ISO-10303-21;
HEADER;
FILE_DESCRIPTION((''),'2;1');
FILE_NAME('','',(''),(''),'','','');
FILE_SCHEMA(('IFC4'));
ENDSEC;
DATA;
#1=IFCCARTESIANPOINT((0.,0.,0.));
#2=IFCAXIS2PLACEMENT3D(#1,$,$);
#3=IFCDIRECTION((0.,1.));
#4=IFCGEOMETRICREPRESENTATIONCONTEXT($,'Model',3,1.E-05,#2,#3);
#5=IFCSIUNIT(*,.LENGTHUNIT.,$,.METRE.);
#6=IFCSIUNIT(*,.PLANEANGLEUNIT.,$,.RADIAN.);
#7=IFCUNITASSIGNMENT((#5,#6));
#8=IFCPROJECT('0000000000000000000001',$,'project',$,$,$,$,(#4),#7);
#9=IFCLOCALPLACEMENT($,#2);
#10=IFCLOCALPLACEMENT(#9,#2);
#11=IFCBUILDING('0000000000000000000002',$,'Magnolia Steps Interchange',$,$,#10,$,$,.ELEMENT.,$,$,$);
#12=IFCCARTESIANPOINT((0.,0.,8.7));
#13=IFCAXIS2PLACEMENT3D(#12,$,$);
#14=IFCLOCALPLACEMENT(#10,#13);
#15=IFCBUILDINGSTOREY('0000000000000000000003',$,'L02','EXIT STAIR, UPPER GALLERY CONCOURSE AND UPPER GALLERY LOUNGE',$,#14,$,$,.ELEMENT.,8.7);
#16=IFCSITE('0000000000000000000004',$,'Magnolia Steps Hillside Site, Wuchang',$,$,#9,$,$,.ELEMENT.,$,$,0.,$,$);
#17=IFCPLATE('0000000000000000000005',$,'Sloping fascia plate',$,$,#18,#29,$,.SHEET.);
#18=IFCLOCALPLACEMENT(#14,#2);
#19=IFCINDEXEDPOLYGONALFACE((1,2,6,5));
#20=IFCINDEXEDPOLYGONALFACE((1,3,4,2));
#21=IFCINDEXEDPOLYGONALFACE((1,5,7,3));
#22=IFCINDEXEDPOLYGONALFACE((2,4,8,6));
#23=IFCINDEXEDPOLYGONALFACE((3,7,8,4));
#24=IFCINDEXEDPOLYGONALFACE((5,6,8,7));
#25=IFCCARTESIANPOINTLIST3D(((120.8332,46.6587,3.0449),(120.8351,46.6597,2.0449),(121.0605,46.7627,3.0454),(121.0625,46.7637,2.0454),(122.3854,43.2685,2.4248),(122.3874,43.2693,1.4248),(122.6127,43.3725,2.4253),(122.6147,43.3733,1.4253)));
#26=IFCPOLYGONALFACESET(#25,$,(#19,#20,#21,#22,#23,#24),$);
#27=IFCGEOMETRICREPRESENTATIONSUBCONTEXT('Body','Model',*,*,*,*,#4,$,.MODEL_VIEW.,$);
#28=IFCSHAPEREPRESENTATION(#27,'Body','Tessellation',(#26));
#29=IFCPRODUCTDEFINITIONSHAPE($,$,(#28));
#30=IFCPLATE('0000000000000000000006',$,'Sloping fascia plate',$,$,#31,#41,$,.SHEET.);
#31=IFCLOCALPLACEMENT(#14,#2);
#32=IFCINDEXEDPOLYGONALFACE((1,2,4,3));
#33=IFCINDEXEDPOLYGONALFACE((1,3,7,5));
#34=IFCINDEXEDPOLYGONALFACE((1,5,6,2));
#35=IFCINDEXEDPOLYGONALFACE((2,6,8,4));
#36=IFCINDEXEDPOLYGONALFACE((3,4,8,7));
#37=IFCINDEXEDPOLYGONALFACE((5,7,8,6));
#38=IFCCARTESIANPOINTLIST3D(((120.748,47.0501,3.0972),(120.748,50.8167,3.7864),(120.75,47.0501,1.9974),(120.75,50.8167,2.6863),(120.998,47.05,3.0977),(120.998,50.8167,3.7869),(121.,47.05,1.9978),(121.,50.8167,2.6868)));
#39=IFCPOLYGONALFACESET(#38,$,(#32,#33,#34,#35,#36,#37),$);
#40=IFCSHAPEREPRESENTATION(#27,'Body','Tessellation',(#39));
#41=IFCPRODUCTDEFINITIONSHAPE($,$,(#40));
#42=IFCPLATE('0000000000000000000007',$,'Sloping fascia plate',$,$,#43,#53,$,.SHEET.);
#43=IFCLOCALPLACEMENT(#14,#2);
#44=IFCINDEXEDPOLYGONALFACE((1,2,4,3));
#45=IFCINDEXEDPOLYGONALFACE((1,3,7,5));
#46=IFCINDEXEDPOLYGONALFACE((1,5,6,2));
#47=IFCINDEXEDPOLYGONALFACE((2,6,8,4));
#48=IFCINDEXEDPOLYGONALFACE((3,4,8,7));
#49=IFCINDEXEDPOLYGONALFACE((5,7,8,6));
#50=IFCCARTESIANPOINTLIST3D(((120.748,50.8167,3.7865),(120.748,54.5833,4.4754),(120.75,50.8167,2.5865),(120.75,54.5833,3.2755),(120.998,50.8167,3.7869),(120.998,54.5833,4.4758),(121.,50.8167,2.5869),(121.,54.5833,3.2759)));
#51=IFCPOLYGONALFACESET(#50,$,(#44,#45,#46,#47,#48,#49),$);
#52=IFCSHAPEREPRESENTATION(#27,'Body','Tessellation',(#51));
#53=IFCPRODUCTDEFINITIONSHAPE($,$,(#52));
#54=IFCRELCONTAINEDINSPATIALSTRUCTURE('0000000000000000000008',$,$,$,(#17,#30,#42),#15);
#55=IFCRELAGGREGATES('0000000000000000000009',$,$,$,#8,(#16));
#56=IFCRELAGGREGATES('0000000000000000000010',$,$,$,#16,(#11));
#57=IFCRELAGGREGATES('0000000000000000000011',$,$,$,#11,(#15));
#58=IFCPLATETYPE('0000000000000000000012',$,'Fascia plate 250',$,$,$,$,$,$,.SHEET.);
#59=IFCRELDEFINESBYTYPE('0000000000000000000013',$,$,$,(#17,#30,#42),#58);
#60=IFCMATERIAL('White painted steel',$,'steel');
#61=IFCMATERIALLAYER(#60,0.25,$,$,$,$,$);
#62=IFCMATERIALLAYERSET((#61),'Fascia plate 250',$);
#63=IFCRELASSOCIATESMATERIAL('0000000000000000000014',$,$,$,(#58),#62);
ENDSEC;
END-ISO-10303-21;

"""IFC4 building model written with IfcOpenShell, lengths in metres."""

from ifc_helpers import new_model, si_unit, direction, frame, origin, place, context, subcontext, project, spatial, polyline, outline, extrude, material, layer, layer_set, type_object, element, save


model = new_model("IFC4")

# Units and contexts
model_context = context("Model", 3, precision=1e-05, world=origin(), true_north=direction((0.0, 1.0)))
body_context = subcontext(model_context, "Body", "Model", "MODEL_VIEW")
ifc_project = project(units=[si_unit("LENGTHUNIT", "METRE"), si_unit("PLANEANGLEUNIT", "RADIAN")], contexts=[model_context])

# Site, building, storey
site_placement = place(None, origin())
site = spatial("IfcSite", under=ifc_project, at=site_placement, Name="Magnolia Steps Hillside Site, Wuchang", CompositionType="ELEMENT", RefElevation=0.0)
building_placement = place(site_placement, origin())
building = spatial("IfcBuilding", under=site, at=building_placement, Name="Magnolia Steps Interchange", CompositionType="ELEMENT")
storey_placement = place(building_placement, frame((0.0, 0.0, 8.7)))
storey = spatial("IfcBuildingStorey", under=building, at=storey_placement, Name="L02", Description="EXIT STAIR, UPPER GALLERY CONCOURSE AND UPPER GALLERY LOUNGE", CompositionType="ELEMENT", Elevation=8.7)

# Plates
ifc_material_1 = material(Name="White painted steel", Category="steel")
ifc_layer_1 = layer(ifc_material_1, 0.25)
ifc_layer_set_1 = layer_set([ifc_layer_1], Name="Fascia plate 250")
plate_type_1 = type_object("IfcPlateType", Name="Fascia plate 250", PredefinedType="SHEET", material=ifc_layer_set_1)
plate_1_placement = place(storey_placement, frame((122.6147, 43.3733, 1.4253), z_axis=(0.909375, 0.415972, 0.002132), x_axis=(-0.410655, 0.896911, 0.16405)))
element("IfcPlate", 1, at=plate_1_placement, inside=storey, type_object=plate_type_1, Name="Sloping fascia plate", PredefinedType="SHEET", context=body_context, shape_type="SweptSolid", body=[
    extrude(outline(polyline([(0.0, 0.0), (3.78, 0.0), (3.944, 0.9865), (0.1642, 0.9864), (0.0, 0.0)])), origin(), (0.0, 0.0, -1.0), 0.25),
])
plate_2_placement = place(storey_placement, frame((121.0, 47.05, 1.9978), z_axis=(0.999998, -0.000325, 0.001776), x_axis=(0.0, 0.98368, 0.179929)))
element("IfcPlate", 2, at=plate_2_placement, inside=storey, type_object=plate_type_1, Name="Sloping fascia plate", PredefinedType="SHEET", context=body_context, shape_type="SweptSolid", body=[
    extrude(outline(polyline([(0.0, 0.0), (3.8291, 0.0), (4.027, 1.0821), (0.1979, 1.0819), (0.0, 0.0)])), origin(), (0.0, 0.0, -1.0), 0.25),
])
plate_3_placement = place(storey_placement, frame((121.0, 50.8167, 2.5869), z_axis=(0.999999, -0.000298, 0.001628), x_axis=(0.0, 0.98368, 0.179929)))
element("IfcPlate", 3, at=plate_3_placement, inside=storey, type_object=plate_type_1, Name="Sloping fascia plate", PredefinedType="SHEET", context=body_context, shape_type="SweptSolid", body=[
    extrude(outline(polyline([(0.0, 0.0), (3.8291, 0.0), (4.045, 1.1804), (0.2159, 1.1804), (0.0, 0.0)])), origin(), (0.0, 0.0, -1.0), 0.25),
])

save(model, "model.ifc")
